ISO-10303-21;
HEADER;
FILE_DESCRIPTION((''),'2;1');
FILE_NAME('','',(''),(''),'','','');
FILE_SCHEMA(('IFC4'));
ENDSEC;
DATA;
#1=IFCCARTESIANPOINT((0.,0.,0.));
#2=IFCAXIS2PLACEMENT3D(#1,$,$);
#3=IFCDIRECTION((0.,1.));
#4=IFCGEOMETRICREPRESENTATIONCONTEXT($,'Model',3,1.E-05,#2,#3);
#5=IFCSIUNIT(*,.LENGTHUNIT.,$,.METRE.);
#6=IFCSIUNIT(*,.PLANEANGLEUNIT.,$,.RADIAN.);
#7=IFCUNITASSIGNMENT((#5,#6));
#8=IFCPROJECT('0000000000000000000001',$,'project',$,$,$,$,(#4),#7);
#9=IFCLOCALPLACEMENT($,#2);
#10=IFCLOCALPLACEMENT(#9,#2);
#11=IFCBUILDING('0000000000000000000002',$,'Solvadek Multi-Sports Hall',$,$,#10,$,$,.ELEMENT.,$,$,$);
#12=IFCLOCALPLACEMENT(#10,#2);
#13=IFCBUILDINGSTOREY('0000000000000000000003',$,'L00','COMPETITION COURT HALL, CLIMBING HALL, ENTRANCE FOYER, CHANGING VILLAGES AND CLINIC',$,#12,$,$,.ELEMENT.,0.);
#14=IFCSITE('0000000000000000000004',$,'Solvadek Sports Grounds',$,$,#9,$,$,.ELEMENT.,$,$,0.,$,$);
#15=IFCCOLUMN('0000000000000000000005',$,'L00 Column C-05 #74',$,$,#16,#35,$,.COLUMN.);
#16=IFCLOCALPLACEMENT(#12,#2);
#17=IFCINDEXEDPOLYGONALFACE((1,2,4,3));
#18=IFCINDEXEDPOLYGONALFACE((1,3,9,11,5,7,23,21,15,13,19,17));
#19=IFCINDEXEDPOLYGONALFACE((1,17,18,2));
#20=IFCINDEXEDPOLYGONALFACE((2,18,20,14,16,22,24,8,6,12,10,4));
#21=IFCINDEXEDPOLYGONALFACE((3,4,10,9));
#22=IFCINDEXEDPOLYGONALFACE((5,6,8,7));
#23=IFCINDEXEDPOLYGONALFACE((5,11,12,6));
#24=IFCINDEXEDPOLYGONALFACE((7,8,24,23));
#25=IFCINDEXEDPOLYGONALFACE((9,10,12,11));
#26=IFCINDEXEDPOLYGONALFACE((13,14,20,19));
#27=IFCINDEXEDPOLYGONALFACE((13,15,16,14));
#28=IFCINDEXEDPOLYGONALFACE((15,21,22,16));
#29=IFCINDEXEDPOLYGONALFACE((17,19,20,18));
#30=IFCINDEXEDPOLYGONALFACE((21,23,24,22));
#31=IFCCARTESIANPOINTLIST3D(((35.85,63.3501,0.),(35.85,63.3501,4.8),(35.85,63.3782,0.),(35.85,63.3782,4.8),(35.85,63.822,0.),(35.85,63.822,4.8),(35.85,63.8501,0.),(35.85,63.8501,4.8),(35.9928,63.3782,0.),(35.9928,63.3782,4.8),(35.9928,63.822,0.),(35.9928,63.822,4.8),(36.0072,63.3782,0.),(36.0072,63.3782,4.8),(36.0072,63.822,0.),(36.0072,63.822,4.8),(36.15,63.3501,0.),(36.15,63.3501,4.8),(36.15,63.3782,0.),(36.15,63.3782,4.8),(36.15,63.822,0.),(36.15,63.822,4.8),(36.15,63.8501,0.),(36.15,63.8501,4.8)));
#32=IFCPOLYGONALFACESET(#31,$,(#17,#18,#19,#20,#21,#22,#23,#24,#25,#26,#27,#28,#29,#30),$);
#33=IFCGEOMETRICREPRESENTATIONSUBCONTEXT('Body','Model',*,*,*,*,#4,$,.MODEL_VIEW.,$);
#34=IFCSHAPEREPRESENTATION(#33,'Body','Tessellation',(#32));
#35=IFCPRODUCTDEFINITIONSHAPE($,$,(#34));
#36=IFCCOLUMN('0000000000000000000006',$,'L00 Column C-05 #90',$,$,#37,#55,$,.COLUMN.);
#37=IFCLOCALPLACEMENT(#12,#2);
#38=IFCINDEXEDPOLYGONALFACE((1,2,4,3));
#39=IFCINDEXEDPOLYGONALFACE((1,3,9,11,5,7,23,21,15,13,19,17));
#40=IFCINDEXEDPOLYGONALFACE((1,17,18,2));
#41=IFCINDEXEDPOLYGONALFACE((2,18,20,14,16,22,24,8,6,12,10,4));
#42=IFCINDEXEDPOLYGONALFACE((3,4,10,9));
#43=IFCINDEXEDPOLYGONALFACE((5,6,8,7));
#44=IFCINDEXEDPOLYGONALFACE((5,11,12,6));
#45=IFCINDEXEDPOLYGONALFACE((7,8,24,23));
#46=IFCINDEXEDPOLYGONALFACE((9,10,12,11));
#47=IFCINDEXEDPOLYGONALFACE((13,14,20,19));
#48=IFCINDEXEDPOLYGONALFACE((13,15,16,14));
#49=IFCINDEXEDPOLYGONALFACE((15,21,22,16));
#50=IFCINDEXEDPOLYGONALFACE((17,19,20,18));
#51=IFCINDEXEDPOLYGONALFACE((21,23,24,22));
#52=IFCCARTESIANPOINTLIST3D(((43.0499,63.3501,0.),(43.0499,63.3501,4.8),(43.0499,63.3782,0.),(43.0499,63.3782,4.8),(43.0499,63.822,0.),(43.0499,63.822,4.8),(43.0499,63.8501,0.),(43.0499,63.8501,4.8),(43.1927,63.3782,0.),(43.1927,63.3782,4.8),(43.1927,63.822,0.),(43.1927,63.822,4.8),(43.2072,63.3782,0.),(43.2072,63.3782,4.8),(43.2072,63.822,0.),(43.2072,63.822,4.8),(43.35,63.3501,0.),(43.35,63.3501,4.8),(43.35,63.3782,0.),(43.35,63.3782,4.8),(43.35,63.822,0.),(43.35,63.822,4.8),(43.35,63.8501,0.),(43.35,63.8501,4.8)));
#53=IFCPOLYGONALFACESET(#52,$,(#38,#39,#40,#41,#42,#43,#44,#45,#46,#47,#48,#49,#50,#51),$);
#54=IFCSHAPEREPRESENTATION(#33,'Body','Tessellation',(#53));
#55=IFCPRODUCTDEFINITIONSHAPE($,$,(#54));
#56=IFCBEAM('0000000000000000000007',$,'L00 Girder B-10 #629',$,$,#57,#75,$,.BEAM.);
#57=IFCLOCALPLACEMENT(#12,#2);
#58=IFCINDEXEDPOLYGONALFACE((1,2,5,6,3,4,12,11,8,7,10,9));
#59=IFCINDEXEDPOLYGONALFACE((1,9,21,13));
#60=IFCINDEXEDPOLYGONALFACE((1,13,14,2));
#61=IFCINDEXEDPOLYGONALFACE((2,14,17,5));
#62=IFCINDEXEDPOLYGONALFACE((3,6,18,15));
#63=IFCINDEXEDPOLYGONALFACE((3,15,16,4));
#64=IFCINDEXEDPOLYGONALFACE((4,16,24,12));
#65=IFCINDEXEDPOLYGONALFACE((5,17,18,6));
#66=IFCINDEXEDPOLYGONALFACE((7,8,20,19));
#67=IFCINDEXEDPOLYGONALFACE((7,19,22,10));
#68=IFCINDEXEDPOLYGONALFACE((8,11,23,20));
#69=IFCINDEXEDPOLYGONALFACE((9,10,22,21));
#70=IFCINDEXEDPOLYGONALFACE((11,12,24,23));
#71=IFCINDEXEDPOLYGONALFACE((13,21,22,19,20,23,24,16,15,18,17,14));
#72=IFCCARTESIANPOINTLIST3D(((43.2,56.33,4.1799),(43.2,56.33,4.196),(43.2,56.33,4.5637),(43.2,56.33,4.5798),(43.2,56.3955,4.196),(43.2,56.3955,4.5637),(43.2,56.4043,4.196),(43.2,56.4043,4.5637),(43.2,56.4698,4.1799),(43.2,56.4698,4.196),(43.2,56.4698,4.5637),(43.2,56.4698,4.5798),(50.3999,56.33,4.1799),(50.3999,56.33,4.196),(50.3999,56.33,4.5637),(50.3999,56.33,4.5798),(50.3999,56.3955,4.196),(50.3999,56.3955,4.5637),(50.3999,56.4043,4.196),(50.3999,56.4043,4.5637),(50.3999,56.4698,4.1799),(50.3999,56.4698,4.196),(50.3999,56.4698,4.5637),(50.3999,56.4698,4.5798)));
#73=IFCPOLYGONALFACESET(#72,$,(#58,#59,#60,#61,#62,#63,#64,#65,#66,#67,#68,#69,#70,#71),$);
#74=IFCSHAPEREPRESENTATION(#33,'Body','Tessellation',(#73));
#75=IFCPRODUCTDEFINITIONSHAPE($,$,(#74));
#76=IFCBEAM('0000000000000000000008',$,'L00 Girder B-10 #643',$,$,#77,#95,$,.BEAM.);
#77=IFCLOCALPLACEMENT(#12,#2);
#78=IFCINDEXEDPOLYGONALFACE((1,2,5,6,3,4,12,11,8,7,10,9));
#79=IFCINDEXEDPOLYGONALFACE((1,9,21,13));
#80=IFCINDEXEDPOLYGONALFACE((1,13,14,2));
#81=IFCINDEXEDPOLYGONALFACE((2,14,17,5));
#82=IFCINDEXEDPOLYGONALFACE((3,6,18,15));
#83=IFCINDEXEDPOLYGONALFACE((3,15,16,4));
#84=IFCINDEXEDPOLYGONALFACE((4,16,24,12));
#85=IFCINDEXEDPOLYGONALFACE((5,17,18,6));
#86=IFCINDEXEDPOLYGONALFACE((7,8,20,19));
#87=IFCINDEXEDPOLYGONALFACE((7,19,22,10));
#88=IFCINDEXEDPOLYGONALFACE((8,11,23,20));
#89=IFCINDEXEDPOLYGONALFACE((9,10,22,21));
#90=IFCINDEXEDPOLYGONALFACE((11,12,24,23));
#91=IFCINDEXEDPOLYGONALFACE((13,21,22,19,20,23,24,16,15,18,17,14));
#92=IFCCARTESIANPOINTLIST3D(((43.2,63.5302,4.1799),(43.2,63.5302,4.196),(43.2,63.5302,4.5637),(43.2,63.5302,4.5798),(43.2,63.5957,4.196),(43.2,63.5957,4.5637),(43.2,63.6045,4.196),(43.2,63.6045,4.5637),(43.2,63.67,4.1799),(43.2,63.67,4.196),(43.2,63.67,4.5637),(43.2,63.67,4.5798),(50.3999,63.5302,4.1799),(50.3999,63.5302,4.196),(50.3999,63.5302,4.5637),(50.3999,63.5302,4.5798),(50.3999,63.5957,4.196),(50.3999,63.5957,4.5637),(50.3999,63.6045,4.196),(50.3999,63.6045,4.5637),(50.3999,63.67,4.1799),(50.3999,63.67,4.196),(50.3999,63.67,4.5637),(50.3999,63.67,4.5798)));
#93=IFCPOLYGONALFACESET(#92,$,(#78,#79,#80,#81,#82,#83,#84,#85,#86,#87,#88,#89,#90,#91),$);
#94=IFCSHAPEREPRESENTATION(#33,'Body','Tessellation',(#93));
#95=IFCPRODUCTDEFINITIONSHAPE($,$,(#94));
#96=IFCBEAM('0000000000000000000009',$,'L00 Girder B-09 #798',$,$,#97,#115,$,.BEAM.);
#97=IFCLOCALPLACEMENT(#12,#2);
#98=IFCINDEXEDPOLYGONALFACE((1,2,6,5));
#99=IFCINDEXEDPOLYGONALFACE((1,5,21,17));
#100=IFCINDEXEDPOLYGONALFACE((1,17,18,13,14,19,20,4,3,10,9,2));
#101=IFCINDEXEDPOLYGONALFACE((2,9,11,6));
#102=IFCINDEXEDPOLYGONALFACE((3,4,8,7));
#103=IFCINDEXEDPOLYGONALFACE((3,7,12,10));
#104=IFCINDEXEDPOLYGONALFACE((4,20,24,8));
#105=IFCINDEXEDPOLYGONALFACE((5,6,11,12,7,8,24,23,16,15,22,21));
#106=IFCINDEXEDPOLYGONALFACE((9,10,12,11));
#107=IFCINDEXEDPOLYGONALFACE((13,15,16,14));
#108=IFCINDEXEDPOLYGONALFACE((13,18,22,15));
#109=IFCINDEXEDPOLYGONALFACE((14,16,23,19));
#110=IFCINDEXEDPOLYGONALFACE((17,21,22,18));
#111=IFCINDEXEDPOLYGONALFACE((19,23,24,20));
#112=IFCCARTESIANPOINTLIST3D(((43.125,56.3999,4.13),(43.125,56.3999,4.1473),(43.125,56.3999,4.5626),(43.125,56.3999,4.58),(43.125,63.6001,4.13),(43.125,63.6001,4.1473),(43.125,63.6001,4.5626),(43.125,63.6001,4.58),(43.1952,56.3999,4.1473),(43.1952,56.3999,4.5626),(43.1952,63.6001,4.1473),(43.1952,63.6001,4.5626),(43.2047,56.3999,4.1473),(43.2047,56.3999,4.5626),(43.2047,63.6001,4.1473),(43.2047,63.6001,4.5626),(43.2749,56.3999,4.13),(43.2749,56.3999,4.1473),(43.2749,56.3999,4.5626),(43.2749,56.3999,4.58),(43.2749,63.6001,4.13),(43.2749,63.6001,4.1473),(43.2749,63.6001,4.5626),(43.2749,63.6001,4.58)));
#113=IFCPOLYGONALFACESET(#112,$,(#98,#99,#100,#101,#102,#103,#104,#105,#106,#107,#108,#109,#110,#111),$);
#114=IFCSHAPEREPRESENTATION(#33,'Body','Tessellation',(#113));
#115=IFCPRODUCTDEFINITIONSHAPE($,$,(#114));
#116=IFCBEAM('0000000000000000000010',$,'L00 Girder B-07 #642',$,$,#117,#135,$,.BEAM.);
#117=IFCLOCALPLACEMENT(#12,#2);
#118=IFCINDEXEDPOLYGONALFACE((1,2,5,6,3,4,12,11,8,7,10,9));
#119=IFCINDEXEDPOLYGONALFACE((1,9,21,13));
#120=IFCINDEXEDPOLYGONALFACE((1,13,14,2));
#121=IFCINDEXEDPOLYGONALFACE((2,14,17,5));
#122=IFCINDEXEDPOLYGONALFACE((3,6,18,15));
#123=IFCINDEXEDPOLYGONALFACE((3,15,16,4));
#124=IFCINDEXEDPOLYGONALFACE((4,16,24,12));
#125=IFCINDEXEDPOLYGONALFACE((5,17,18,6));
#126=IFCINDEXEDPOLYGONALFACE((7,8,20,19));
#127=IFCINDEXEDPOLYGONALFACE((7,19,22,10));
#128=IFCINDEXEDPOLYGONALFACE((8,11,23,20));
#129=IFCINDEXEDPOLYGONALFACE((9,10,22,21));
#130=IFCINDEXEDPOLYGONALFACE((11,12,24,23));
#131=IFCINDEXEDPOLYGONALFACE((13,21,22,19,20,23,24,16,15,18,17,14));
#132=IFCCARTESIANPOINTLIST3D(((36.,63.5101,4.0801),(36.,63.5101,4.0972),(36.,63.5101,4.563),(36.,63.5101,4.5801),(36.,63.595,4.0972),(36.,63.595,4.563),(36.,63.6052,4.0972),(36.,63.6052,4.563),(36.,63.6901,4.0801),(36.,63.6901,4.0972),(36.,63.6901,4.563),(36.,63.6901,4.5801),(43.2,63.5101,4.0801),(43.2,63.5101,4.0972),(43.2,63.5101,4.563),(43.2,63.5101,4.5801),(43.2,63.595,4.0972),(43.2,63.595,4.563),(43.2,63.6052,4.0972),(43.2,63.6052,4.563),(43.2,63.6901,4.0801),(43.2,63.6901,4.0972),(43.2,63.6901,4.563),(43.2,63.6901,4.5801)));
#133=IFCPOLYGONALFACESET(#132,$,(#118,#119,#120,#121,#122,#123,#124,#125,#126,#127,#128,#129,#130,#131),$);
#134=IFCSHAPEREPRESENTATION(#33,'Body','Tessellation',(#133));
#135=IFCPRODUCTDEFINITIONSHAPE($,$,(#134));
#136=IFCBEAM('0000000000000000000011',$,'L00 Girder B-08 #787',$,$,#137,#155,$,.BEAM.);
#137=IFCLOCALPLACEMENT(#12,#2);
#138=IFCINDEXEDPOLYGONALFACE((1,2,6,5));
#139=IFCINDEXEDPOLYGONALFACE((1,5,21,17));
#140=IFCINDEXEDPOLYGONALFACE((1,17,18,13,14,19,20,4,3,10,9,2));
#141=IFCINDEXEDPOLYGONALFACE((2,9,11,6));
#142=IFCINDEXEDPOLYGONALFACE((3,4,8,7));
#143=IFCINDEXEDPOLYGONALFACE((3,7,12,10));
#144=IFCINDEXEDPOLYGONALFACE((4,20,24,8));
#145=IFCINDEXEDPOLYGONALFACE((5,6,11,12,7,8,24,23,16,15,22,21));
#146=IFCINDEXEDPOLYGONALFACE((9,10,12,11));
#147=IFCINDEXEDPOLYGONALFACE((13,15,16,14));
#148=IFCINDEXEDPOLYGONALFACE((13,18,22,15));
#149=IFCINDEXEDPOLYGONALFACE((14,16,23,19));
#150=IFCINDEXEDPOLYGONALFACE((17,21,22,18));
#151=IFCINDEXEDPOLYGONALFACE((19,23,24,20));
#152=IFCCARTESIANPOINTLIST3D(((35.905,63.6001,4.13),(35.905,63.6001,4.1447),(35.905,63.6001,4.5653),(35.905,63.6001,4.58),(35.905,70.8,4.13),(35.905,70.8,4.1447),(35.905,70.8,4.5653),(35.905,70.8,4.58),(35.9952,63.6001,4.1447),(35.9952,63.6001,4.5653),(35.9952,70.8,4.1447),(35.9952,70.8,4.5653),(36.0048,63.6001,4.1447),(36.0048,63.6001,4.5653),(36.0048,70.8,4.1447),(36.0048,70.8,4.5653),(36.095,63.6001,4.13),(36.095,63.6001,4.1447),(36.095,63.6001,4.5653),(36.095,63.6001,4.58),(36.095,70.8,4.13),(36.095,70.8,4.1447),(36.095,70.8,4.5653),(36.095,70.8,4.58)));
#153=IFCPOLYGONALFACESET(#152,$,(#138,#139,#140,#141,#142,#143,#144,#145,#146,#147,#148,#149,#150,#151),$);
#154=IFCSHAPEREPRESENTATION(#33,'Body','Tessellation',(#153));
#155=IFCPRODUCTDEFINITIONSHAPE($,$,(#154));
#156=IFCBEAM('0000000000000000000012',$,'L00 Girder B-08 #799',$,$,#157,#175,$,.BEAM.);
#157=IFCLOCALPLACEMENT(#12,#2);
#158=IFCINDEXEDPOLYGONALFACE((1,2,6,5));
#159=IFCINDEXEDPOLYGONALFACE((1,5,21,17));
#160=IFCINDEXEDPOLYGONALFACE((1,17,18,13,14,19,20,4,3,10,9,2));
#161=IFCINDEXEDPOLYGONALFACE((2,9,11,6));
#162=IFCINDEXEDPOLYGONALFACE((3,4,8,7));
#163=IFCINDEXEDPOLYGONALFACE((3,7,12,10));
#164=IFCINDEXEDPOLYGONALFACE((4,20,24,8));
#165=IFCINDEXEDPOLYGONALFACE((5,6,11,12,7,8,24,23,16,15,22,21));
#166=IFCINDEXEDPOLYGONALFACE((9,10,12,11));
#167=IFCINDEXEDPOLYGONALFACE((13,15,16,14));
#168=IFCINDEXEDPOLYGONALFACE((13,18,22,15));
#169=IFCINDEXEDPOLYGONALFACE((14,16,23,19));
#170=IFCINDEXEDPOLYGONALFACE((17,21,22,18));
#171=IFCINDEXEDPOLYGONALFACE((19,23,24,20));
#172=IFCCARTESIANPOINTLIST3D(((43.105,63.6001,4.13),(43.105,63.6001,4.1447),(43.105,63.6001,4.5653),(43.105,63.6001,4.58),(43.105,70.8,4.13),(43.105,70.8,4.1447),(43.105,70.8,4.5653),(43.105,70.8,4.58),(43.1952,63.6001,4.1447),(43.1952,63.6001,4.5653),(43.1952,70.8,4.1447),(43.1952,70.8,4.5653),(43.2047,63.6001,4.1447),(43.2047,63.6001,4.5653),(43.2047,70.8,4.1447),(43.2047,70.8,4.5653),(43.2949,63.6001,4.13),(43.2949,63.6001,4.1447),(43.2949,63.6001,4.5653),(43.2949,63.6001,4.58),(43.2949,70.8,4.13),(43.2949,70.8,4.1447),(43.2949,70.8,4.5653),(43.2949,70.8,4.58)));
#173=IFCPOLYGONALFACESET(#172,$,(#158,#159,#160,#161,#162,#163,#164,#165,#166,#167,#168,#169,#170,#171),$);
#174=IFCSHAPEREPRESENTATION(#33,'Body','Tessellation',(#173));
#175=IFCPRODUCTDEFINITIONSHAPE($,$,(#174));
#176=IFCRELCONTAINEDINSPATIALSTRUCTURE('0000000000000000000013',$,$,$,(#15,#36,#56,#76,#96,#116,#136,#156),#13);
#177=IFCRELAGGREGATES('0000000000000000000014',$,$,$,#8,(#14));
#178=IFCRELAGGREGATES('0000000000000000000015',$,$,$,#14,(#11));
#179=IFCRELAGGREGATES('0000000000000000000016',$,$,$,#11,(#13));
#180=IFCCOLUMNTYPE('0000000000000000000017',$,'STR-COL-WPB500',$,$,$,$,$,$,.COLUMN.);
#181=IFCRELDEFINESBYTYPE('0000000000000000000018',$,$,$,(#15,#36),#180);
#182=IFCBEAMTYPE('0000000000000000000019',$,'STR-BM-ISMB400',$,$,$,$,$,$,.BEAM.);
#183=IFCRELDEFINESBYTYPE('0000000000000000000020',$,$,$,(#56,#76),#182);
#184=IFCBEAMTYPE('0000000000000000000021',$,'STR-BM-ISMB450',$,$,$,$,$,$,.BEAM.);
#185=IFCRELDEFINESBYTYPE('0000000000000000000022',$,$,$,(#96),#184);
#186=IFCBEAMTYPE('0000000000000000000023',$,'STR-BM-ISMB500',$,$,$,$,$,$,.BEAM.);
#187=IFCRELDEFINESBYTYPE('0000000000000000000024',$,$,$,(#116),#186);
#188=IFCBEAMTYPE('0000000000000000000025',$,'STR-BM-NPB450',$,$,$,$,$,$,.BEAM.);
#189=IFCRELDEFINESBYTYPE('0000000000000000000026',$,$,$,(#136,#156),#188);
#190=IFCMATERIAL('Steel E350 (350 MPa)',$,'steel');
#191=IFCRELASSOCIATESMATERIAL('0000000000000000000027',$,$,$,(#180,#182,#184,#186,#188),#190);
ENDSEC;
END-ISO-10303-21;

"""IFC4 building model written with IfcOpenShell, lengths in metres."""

from ifc_helpers import new_model, si_unit, direction, frame, origin, origin_2d, place, context, subcontext, project, spatial, i_section, extrude, material, material_profile, profile_set, type_object, element, save


model = new_model("IFC4")

# Units and contexts
model_context = context("Model", 3, precision=1e-05, world=origin(), true_north=direction((0.0, 1.0)))
body_context = subcontext(model_context, "Body", "Model", "MODEL_VIEW")
ifc_project = project(units=[si_unit("LENGTHUNIT", "METRE"), si_unit("PLANEANGLEUNIT", "RADIAN")], contexts=[model_context])

# Site, building, storey
site_placement = place(None, origin())
site = spatial("IfcSite", under=ifc_project, at=site_placement, Name="Solvadek Sports Grounds", CompositionType="ELEMENT", RefElevation=0.0)
building_placement = place(site_placement, origin())
building = spatial("IfcBuilding", under=site, at=building_placement, Name="Solvadek Multi-Sports Hall", CompositionType="ELEMENT")
storey_placement = place(building_placement, origin())
storey = spatial("IfcBuildingStorey", under=building, at=storey_placement, Name="L00", Description="COMPETITION COURT HALL, CLIMBING HALL, ENTRANCE FOYER, CHANGING VILLAGES AND CLINIC", CompositionType="ELEMENT", Elevation=0.0)

# Columns
ifc_material_1 = material(Name="Steel E350 (350 MPa)", Category="steel")
ifc_material_profile_1 = material_profile(ifc_material_1, i_section(OverallWidth=0.3, OverallDepth=0.5, WebThickness=0.0144, FlangeThickness=0.0281, at=origin_2d()), Name="WPB 500")
ifc_profile_set_1 = profile_set([ifc_material_profile_1], Name="Steel E350 (350 MPa)")
column_type = type_object("IfcColumnType", Name="STR-COL-WPB500", PredefinedType="COLUMN", material=ifc_profile_set_1)
for number, where, z_axis, x_axis, name in (
    (1, (36.0, 63.6001, 0.0), (0.0, 0.0, 1.0), (1.0, 0.0, 0.0), "L00 Column C-05 #74"),
    (2, (43.2, 63.6001, 0.0), (0.0, 0.0, 1.0), (1.0, 0.0, 0.0), "L00 Column C-05 #90"),
):
    element("IfcColumn", number, at=place(storey_placement, frame(where, z_axis=z_axis, x_axis=x_axis)), inside=storey, type_object=column_type, Name=name, PredefinedType="COLUMN", context=body_context, shape_type="SweptSolid", body=[
        extrude(i_section(OverallWidth=0.3, OverallDepth=0.5, WebThickness=0.0144, FlangeThickness=0.0281, at=origin_2d()), origin(), (0.0, 0.0, 1.0), 4.8),
    ])

# Beams
ifc_material_profile_2 = material_profile(ifc_material_1, i_section(OverallWidth=0.1399, OverallDepth=0.3999, WebThickness=0.0088, FlangeThickness=0.0161, at=origin_2d()), Name="ISMB 400")
ifc_profile_set_2 = profile_set([ifc_material_profile_2], Name="Steel E350 (350 MPa)")
beam_type_1 = type_object("IfcBeamType", Name="STR-BM-ISMB400", PredefinedType="BEAM", material=ifc_profile_set_2)
for number, where, z_axis, x_axis, name in (
    (3, (43.2, 56.3999, 4.3799), (1.0, 0.0, 0.0), (0.0, 1.0, 0.0), "L00 Girder B-10 #629"),
    (4, (43.2, 63.6001, 4.3799), (1.0, 0.0, 0.0), (0.0, 1.0, 0.0), "L00 Girder B-10 #643"),
):
    element("IfcBeam", number, at=place(storey_placement, frame(where, z_axis=z_axis, x_axis=x_axis)), inside=storey, type_object=beam_type_1, Name=name, PredefinedType="BEAM", context=body_context, shape_type="SweptSolid", body=[
        extrude(i_section(OverallWidth=0.1399, OverallDepth=0.3999, WebThickness=0.0088, FlangeThickness=0.0161, at=origin_2d()), origin(), (0.0, 0.0, 1.0), 7.2),
    ])
ifc_material_profile_3 = material_profile(ifc_material_1, i_section(OverallWidth=0.1499, OverallDepth=0.45, WebThickness=0.0095, FlangeThickness=0.0173, at=origin_2d()), Name="ISMB 450")
ifc_profile_set_3 = profile_set([ifc_material_profile_3], Name="Steel E350 (350 MPa)")
beam_type_2 = type_object("IfcBeamType", Name="STR-BM-ISMB450", PredefinedType="BEAM", material=ifc_profile_set_3)
beam_1_placement = place(storey_placement, frame((43.2, 56.3999, 4.355), z_axis=(0.0, 1.0, 0.0), x_axis=(-1.0, 0.0, 0.0)))
element("IfcBeam", 5, at=beam_1_placement, inside=storey, type_object=beam_type_2, Name="L00 Girder B-09 #798", PredefinedType="BEAM", context=body_context, shape_type="SweptSolid", body=[
    extrude(i_section(OverallWidth=0.1499, OverallDepth=0.45, WebThickness=0.0095, FlangeThickness=0.0173, at=origin_2d()), origin(), (0.0, 0.0, 1.0), 7.2002),
])
ifc_material_profile_4 = material_profile(ifc_material_1, i_section(OverallWidth=0.1799, OverallDepth=0.5, WebThickness=0.0103, FlangeThickness=0.0171, at=origin_2d()), Name="ISMB 500")
ifc_profile_set_4 = profile_set([ifc_material_profile_4], Name="Steel E350 (350 MPa)")
beam_type_3 = type_object("IfcBeamType", Name="STR-BM-ISMB500", PredefinedType="BEAM", material=ifc_profile_set_4)
beam_2_placement = place(storey_placement, frame((36.0, 63.6001, 4.3301), z_axis=(1.0, 0.0, 0.0), x_axis=(0.0, 1.0, 0.0)))
element("IfcBeam", 6, at=beam_2_placement, inside=storey, type_object=beam_type_3, Name="L00 Girder B-07 #642", PredefinedType="BEAM", context=body_context, shape_type="SweptSolid", body=[
    extrude(i_section(OverallWidth=0.1799, OverallDepth=0.5, WebThickness=0.0103, FlangeThickness=0.0171, at=origin_2d()), origin(), (0.0, 0.0, 1.0), 7.2),
])
ifc_material_profile_5 = material_profile(ifc_material_1, i_section(OverallWidth=0.1899, OverallDepth=0.45, WebThickness=0.0095, FlangeThickness=0.0146, at=origin_2d()), Name="NPB 450")
ifc_profile_set_5 = profile_set([ifc_material_profile_5], Name="Steel E350 (350 MPa)")
beam_type_4 = type_object("IfcBeamType", Name="STR-BM-NPB450", PredefinedType="BEAM", material=ifc_profile_set_5)
for number, where, z_axis, x_axis, name in (
    (7, (36.0, 63.6001, 4.355), (0.0, 1.0, 0.0), (-1.0, 0.0, 0.0), "L00 Girder B-08 #787"),
    (8, (43.2, 63.6001, 4.355), (0.0, 1.0, 0.0), (-1.0, 0.0, 0.0), "L00 Girder B-08 #799"),
):
    element("IfcBeam", number, at=place(storey_placement, frame(where, z_axis=z_axis, x_axis=x_axis)), inside=storey, type_object=beam_type_4, Name=name, PredefinedType="BEAM", context=body_context, shape_type="SweptSolid", body=[
        extrude(i_section(OverallWidth=0.1899, OverallDepth=0.45, WebThickness=0.0095, FlangeThickness=0.0146, at=origin_2d()), origin(), (0.0, 0.0, 1.0), 7.2),
    ])

save(model, "model.ifc")
